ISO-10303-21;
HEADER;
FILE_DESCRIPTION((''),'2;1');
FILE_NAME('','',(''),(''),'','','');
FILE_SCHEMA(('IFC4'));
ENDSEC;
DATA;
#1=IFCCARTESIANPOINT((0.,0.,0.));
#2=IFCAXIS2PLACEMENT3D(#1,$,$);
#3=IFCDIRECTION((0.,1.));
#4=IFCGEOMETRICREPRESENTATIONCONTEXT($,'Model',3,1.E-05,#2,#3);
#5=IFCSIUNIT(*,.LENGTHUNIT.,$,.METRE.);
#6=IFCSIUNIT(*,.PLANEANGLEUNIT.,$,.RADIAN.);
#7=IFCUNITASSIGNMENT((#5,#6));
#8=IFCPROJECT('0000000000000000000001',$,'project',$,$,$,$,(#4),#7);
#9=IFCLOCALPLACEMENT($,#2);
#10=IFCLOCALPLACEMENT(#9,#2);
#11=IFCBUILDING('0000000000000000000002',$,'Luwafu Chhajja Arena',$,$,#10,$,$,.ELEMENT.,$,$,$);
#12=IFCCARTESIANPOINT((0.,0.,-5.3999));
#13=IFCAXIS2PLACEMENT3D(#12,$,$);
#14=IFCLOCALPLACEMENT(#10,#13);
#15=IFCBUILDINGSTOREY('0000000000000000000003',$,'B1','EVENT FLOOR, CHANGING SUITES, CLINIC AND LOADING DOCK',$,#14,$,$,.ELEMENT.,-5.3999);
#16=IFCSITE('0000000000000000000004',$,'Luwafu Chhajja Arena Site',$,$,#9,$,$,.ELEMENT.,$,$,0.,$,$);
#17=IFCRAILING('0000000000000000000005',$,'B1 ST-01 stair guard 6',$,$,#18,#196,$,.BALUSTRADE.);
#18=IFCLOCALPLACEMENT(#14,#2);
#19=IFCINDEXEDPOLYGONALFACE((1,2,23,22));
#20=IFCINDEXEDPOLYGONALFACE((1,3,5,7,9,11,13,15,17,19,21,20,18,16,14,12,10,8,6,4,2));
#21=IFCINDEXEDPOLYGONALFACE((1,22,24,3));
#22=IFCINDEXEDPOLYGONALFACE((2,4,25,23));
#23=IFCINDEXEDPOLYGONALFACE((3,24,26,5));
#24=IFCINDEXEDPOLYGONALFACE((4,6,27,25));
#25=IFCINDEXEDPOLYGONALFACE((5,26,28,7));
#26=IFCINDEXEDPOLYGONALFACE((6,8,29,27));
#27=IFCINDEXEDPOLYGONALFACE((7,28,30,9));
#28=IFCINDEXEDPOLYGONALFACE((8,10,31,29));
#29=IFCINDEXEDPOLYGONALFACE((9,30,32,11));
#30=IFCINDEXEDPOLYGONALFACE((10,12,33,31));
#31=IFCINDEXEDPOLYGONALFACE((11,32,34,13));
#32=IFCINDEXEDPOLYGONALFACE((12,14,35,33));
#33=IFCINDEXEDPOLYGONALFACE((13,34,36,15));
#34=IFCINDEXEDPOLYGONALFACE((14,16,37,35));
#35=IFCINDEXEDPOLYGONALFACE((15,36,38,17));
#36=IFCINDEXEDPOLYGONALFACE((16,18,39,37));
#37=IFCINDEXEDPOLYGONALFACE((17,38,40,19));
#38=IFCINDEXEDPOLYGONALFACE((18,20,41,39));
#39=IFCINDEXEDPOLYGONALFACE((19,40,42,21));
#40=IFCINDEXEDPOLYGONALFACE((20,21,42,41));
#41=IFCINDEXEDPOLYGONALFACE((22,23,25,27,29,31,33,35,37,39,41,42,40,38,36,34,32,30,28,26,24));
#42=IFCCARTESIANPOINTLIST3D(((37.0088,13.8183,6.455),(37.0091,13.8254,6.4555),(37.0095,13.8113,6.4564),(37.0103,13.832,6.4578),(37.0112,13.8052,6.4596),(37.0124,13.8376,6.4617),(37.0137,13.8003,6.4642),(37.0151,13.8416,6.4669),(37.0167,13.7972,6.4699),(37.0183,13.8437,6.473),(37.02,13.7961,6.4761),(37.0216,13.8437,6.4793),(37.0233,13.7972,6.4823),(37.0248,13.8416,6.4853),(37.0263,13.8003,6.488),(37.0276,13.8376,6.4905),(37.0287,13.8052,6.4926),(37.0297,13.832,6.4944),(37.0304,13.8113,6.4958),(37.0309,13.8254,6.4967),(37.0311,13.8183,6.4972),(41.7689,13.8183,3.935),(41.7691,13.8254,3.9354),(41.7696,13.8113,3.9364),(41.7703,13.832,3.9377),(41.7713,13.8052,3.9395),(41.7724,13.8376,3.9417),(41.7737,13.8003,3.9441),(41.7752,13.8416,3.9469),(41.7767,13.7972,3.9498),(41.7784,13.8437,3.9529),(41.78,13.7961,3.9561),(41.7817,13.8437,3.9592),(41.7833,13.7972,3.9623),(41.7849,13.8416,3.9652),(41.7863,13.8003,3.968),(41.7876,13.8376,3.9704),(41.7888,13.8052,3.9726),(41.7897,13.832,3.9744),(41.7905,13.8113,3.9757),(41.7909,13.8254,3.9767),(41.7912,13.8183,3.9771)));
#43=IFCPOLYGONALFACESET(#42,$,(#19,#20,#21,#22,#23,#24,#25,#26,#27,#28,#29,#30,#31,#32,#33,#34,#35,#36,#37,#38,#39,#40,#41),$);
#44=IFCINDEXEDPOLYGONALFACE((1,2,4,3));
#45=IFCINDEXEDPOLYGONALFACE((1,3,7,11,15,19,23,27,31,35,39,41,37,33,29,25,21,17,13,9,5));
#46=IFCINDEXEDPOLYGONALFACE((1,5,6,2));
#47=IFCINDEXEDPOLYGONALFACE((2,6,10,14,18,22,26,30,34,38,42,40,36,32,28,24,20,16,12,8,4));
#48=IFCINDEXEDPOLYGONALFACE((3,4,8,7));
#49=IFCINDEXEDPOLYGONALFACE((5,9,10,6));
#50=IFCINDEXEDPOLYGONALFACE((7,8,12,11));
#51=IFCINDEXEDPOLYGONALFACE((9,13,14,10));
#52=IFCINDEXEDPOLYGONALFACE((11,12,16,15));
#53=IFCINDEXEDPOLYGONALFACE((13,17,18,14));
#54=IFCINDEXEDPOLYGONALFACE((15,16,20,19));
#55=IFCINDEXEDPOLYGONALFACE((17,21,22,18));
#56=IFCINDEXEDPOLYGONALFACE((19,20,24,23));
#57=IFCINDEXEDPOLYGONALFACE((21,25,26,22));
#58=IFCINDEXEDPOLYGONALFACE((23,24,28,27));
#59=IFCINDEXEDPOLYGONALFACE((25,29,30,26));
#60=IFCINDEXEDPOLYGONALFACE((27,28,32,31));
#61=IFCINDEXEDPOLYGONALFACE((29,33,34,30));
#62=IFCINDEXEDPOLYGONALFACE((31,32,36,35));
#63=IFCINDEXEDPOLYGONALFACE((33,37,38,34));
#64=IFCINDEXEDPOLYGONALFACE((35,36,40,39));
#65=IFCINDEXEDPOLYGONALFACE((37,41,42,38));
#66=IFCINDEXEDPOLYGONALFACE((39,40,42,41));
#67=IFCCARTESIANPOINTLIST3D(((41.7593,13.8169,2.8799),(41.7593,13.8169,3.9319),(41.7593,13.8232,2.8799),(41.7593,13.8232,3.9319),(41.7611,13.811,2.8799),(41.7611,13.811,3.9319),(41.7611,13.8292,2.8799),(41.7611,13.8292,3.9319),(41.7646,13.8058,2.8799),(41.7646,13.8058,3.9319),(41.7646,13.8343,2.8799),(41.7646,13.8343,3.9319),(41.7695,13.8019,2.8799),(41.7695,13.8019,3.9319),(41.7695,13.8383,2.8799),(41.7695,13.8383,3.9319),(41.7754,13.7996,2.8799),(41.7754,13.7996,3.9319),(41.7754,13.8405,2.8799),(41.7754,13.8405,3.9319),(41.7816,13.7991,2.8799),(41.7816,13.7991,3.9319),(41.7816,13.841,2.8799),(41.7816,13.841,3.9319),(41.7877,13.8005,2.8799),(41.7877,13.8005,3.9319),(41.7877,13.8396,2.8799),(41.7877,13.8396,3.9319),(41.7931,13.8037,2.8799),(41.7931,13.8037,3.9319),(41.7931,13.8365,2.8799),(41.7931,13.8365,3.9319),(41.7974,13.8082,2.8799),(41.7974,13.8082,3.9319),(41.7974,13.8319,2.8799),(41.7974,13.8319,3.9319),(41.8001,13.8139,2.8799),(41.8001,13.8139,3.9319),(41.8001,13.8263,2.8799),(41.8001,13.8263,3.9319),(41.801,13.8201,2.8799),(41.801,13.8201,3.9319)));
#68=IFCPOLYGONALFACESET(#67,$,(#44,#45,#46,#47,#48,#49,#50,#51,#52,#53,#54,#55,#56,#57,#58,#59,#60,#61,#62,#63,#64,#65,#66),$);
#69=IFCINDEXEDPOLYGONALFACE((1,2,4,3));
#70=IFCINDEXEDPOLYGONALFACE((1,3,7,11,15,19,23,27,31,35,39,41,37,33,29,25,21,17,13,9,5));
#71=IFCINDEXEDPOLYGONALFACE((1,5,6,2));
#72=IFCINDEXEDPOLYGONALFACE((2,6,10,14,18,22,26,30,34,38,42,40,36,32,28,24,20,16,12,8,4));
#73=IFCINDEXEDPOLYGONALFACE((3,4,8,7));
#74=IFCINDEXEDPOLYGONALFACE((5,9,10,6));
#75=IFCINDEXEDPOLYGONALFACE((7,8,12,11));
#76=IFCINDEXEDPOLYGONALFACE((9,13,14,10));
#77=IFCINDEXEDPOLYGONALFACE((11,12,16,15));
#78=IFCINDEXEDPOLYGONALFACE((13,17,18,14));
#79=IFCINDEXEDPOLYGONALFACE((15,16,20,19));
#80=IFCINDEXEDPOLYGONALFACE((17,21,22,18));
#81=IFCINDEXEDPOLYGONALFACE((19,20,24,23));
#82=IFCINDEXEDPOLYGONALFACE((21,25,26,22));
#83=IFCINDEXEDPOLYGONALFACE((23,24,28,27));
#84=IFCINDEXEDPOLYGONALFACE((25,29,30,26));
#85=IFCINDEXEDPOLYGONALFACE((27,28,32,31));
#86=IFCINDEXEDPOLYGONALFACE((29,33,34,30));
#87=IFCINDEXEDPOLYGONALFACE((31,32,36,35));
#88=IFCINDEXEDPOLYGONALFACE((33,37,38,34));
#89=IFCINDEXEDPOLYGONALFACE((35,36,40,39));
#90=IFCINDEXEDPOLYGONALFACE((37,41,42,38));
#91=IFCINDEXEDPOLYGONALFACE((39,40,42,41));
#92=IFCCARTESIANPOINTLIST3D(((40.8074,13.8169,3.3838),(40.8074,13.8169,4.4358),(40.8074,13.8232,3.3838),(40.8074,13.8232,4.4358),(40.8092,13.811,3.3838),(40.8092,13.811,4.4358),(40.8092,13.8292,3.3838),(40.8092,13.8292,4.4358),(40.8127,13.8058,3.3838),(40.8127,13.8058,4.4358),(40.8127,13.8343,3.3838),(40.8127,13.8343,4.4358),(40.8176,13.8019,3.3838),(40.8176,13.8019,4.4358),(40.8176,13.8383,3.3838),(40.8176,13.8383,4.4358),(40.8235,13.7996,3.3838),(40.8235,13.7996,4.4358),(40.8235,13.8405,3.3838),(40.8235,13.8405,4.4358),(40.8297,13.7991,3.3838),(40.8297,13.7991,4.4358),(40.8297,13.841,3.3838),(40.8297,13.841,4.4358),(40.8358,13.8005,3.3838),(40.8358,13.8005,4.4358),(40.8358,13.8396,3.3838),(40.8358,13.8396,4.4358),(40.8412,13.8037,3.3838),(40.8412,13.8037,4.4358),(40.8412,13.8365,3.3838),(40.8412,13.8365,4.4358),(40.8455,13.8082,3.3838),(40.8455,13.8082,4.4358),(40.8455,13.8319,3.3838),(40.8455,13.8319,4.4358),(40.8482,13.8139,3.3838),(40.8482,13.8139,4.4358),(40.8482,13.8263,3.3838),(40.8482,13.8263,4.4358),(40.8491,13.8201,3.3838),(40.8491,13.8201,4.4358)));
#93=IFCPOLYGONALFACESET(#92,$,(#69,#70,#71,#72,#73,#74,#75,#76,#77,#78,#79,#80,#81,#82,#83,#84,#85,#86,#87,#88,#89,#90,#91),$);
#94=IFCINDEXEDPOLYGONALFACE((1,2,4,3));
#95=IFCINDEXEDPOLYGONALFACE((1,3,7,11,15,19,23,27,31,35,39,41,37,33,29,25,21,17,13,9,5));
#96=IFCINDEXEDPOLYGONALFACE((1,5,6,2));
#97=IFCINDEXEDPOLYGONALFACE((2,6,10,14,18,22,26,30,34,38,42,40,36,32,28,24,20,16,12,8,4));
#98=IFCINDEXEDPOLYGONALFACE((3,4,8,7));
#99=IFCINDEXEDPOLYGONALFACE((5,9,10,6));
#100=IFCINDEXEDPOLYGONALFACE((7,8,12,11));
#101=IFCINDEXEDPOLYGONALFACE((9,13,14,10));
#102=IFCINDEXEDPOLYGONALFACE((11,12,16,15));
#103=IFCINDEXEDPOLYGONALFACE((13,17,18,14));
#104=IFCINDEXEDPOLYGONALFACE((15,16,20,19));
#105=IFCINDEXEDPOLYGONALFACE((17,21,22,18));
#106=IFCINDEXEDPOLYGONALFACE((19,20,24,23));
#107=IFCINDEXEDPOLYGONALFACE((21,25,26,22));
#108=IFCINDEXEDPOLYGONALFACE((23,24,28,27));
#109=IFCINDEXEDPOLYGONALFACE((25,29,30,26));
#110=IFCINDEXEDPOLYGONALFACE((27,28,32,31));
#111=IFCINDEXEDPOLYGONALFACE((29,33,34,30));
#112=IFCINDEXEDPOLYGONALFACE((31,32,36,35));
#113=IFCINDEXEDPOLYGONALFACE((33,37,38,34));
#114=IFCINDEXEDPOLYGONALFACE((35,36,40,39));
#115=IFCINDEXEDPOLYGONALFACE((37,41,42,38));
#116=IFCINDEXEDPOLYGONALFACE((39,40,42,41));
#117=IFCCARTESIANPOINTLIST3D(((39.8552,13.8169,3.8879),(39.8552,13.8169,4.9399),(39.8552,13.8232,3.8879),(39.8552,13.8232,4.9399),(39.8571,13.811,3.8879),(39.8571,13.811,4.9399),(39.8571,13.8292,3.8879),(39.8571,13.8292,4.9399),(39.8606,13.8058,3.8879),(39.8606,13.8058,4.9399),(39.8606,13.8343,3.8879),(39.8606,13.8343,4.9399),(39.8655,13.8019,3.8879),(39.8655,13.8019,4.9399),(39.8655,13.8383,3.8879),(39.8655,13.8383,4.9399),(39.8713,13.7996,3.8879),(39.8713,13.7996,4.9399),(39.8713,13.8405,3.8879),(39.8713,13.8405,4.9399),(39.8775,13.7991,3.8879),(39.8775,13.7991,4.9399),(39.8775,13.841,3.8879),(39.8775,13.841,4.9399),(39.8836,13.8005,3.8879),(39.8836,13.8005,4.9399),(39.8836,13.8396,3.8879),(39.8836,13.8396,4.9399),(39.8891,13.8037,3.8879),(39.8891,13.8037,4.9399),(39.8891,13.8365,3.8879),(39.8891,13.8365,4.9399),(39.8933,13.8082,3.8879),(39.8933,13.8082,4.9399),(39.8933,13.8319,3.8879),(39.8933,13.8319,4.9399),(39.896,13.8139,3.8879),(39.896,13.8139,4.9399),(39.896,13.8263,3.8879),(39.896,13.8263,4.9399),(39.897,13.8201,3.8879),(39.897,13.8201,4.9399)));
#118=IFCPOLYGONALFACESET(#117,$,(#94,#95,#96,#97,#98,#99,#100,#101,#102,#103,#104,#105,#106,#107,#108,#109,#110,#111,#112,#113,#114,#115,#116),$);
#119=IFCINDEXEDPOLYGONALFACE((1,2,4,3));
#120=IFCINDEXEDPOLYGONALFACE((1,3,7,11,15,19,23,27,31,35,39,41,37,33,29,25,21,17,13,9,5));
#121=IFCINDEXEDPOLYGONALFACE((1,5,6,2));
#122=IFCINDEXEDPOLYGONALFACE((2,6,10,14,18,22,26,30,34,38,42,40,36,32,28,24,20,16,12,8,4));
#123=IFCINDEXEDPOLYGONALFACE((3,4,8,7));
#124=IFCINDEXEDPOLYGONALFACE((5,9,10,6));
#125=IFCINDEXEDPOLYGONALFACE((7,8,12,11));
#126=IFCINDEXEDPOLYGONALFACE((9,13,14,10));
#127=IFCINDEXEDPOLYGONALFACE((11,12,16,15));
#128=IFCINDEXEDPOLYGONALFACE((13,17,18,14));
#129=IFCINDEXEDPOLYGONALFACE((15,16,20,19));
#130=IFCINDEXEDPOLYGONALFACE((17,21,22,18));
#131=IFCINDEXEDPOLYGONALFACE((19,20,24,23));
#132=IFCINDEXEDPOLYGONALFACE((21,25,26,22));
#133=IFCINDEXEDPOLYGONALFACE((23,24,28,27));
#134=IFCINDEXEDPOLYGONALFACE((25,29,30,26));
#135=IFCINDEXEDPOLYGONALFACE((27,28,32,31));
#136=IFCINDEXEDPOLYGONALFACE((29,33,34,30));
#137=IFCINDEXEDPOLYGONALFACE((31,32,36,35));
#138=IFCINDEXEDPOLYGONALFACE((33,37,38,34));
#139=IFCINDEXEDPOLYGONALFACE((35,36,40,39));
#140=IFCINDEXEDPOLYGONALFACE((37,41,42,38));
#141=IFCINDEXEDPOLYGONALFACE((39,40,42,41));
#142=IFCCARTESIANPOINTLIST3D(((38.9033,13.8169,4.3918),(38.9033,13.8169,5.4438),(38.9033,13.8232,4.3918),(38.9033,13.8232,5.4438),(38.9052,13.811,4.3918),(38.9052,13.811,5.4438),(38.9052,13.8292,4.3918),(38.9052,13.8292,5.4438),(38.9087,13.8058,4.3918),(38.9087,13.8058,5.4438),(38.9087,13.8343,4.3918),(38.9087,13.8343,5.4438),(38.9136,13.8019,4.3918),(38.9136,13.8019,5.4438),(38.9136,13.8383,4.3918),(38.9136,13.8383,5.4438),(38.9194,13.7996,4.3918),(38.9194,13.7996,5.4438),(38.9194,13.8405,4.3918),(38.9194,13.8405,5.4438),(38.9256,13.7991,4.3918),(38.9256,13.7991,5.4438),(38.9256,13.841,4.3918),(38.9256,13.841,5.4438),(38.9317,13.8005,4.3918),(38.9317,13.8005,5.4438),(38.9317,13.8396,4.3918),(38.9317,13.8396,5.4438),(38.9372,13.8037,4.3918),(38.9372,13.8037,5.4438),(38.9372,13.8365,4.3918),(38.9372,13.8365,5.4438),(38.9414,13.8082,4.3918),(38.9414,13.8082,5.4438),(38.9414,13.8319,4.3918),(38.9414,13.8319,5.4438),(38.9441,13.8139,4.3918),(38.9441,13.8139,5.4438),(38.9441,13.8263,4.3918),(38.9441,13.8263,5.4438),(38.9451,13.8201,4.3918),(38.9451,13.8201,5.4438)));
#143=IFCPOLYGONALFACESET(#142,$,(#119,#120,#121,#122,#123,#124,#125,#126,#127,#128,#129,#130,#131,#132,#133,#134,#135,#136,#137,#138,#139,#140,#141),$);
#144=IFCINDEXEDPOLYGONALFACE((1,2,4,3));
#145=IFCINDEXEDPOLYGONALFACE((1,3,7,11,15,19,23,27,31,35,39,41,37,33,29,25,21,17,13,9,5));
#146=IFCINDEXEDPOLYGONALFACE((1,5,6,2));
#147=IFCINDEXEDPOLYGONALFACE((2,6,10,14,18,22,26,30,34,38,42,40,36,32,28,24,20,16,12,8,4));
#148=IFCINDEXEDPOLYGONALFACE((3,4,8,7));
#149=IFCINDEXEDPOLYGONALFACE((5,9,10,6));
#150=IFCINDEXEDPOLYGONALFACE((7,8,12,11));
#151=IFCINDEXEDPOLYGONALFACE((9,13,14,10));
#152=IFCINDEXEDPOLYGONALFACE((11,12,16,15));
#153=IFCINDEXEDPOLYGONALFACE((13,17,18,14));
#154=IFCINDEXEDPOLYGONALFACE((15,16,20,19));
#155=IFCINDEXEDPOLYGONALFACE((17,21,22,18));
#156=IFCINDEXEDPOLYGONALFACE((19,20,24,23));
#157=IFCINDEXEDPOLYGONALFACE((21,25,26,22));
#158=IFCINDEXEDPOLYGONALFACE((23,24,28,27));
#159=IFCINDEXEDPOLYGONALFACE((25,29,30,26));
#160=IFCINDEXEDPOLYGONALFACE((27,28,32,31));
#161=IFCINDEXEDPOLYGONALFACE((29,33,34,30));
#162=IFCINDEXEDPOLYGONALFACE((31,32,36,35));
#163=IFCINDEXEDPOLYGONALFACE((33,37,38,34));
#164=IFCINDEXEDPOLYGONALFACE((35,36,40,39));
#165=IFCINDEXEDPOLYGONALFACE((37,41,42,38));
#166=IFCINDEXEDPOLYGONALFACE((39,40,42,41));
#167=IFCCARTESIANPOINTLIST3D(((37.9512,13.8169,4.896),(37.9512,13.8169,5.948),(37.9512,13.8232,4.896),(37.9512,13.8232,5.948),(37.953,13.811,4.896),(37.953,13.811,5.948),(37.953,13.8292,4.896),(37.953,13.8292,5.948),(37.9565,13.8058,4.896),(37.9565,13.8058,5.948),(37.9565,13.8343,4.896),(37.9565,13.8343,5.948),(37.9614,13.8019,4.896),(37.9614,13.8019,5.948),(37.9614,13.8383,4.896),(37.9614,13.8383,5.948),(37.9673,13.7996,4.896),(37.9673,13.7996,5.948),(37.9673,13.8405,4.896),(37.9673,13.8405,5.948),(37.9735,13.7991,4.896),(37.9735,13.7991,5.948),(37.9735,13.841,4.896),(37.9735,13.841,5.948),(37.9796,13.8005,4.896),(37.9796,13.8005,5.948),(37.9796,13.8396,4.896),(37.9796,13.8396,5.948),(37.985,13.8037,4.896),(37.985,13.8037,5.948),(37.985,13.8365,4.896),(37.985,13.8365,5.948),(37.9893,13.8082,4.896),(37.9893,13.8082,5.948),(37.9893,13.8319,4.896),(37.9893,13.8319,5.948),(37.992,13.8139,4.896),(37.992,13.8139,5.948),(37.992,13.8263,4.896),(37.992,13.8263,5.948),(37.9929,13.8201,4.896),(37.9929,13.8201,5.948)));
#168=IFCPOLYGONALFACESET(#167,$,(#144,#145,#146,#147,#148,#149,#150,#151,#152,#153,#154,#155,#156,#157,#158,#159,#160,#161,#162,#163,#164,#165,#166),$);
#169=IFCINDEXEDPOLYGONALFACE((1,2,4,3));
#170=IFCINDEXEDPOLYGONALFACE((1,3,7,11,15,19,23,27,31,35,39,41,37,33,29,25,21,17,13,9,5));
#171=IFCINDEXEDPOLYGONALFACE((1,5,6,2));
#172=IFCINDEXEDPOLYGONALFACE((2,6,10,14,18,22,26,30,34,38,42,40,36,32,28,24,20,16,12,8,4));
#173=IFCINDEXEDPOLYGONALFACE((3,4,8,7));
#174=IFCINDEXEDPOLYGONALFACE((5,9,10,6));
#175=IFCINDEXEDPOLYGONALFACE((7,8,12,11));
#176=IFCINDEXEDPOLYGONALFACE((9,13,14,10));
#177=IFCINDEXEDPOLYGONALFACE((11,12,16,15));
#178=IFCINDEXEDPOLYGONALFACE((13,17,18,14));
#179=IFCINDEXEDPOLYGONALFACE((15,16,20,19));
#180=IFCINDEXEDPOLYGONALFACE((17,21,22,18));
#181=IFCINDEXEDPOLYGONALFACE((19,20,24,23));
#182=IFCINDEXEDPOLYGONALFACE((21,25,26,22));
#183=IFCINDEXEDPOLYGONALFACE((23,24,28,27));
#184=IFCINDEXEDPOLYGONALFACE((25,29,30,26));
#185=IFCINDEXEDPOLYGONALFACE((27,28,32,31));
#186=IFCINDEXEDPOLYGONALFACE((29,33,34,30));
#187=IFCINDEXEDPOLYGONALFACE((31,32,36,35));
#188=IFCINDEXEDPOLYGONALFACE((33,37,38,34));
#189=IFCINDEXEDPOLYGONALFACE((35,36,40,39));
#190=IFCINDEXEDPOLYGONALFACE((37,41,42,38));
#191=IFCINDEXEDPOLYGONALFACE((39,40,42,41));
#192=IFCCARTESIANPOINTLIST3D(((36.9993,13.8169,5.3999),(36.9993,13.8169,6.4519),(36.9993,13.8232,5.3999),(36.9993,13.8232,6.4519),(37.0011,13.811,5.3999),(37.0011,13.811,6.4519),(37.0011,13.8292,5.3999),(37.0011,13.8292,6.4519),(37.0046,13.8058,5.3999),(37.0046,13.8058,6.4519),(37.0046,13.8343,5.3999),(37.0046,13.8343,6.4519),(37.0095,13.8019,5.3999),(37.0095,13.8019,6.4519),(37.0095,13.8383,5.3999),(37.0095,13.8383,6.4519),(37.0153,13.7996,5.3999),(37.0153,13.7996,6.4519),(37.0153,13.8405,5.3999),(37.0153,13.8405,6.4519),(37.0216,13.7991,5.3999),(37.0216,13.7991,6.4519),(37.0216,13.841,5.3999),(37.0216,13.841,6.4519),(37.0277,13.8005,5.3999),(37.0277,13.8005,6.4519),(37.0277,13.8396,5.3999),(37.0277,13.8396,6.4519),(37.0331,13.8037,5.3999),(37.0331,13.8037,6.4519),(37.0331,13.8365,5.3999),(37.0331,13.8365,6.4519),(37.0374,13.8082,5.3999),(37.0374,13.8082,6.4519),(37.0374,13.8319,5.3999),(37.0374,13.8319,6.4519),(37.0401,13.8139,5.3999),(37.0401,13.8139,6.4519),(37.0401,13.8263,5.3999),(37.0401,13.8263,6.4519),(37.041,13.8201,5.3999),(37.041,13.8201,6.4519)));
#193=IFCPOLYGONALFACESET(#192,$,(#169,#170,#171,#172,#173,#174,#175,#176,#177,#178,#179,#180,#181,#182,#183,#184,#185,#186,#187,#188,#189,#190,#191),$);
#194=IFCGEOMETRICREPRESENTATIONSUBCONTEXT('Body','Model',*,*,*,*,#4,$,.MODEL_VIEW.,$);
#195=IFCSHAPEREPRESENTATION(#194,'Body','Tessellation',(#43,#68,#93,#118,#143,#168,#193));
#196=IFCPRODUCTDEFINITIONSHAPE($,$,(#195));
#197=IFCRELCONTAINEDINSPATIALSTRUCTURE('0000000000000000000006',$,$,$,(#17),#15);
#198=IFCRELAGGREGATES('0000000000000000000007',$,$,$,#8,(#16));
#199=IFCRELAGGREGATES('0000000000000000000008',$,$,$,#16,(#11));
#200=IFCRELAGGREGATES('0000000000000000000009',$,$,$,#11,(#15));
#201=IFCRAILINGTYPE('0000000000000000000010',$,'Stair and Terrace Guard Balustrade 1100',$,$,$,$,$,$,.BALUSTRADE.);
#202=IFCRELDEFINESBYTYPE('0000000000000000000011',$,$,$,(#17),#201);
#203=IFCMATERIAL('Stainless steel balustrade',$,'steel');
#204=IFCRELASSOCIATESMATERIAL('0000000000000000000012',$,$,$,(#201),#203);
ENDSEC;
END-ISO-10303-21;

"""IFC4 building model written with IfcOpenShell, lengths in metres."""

from ifc_helpers import new_model, si_unit, direction, frame, origin, origin_2d, place, context, subcontext, project, spatial, circle, extrude, material, type_object, element, save


model = new_model("IFC4")

# Units and contexts
model_context = context("Model", 3, precision=1e-05, world=origin(), true_north=direction((0.0, 1.0)))
body_context = subcontext(model_context, "Body", "Model", "MODEL_VIEW")
ifc_project = project(units=[si_unit("LENGTHUNIT", "METRE"), si_unit("PLANEANGLEUNIT", "RADIAN")], contexts=[model_context])

# Site, building, storey
site_placement = place(None, origin())
site = spatial("IfcSite", under=ifc_project, at=site_placement, Name="Luwafu Chhajja Arena Site", CompositionType="ELEMENT", RefElevation=0.0)
building_placement = place(site_placement, origin())
building = spatial("IfcBuilding", under=site, at=building_placement, Name="Luwafu Chhajja Arena", CompositionType="ELEMENT")
storey_placement = place(building_placement, frame((0.0, 0.0, -5.3999)))
storey = spatial("IfcBuildingStorey", under=building, at=storey_placement, Name="B1", Description="EVENT FLOOR, CHANGING SUITES, CLINIC AND LOADING DOCK", CompositionType="ELEMENT", Elevation=-5.3999)

# Railing
ifc_material_1 = material(Name="Stainless steel balustrade", Category="steel")
railing_type_1 = type_object("IfcRailingType", Name="Stair and Terrace Guard Balustrade 1100", PredefinedType="BALUSTRADE", material=ifc_material_1)
railing_1_placement = place(storey_placement, frame((41.78, 13.8201, 2.8799)))
element("IfcRailing", 1, at=railing_1_placement, inside=storey, type_object=railing_type_1, Name="B1 ST-01 stair guard 6", PredefinedType="BALUSTRADE", context=body_context, shape_type="SweptSolid", body=[
    extrude(circle(Radius=0.0239, at=origin_2d()), frame((0.0, 0.0, 1.0762), z_axis=(-0.883787, 0.0, 0.46789), x_axis=(0.0, -1.0, 0.0)), (0.0, 0.0, 1.0), 5.386),
    extrude(circle(Radius=0.021, at=origin_2d()), origin(), (0.0, 0.0, 1.0), 1.052),
    extrude(circle(Radius=0.021, at=origin_2d()), frame((-0.9519, 0.0, 0.5039)), (0.0, 0.0, 1.0), 1.052),
    extrude(circle(Radius=0.021, at=origin_2d()), frame((-1.9041, 0.0, 1.0081)), (0.0, 0.0, 1.0), 1.052),
    extrude(circle(Radius=0.021, at=origin_2d()), frame((-2.856, 0.0, 1.512)), (0.0, 0.0, 1.0), 1.052),
    extrude(circle(Radius=0.021, at=origin_2d()), frame((-3.8081, 0.0, 2.0161)), (0.0, 0.0, 1.0), 1.052),
    extrude(circle(Radius=0.021, at=origin_2d()), frame((-4.76, 0.0, 2.52)), (0.0, 0.0, 1.0), 1.052),
])

save(model, "model.ifc")
